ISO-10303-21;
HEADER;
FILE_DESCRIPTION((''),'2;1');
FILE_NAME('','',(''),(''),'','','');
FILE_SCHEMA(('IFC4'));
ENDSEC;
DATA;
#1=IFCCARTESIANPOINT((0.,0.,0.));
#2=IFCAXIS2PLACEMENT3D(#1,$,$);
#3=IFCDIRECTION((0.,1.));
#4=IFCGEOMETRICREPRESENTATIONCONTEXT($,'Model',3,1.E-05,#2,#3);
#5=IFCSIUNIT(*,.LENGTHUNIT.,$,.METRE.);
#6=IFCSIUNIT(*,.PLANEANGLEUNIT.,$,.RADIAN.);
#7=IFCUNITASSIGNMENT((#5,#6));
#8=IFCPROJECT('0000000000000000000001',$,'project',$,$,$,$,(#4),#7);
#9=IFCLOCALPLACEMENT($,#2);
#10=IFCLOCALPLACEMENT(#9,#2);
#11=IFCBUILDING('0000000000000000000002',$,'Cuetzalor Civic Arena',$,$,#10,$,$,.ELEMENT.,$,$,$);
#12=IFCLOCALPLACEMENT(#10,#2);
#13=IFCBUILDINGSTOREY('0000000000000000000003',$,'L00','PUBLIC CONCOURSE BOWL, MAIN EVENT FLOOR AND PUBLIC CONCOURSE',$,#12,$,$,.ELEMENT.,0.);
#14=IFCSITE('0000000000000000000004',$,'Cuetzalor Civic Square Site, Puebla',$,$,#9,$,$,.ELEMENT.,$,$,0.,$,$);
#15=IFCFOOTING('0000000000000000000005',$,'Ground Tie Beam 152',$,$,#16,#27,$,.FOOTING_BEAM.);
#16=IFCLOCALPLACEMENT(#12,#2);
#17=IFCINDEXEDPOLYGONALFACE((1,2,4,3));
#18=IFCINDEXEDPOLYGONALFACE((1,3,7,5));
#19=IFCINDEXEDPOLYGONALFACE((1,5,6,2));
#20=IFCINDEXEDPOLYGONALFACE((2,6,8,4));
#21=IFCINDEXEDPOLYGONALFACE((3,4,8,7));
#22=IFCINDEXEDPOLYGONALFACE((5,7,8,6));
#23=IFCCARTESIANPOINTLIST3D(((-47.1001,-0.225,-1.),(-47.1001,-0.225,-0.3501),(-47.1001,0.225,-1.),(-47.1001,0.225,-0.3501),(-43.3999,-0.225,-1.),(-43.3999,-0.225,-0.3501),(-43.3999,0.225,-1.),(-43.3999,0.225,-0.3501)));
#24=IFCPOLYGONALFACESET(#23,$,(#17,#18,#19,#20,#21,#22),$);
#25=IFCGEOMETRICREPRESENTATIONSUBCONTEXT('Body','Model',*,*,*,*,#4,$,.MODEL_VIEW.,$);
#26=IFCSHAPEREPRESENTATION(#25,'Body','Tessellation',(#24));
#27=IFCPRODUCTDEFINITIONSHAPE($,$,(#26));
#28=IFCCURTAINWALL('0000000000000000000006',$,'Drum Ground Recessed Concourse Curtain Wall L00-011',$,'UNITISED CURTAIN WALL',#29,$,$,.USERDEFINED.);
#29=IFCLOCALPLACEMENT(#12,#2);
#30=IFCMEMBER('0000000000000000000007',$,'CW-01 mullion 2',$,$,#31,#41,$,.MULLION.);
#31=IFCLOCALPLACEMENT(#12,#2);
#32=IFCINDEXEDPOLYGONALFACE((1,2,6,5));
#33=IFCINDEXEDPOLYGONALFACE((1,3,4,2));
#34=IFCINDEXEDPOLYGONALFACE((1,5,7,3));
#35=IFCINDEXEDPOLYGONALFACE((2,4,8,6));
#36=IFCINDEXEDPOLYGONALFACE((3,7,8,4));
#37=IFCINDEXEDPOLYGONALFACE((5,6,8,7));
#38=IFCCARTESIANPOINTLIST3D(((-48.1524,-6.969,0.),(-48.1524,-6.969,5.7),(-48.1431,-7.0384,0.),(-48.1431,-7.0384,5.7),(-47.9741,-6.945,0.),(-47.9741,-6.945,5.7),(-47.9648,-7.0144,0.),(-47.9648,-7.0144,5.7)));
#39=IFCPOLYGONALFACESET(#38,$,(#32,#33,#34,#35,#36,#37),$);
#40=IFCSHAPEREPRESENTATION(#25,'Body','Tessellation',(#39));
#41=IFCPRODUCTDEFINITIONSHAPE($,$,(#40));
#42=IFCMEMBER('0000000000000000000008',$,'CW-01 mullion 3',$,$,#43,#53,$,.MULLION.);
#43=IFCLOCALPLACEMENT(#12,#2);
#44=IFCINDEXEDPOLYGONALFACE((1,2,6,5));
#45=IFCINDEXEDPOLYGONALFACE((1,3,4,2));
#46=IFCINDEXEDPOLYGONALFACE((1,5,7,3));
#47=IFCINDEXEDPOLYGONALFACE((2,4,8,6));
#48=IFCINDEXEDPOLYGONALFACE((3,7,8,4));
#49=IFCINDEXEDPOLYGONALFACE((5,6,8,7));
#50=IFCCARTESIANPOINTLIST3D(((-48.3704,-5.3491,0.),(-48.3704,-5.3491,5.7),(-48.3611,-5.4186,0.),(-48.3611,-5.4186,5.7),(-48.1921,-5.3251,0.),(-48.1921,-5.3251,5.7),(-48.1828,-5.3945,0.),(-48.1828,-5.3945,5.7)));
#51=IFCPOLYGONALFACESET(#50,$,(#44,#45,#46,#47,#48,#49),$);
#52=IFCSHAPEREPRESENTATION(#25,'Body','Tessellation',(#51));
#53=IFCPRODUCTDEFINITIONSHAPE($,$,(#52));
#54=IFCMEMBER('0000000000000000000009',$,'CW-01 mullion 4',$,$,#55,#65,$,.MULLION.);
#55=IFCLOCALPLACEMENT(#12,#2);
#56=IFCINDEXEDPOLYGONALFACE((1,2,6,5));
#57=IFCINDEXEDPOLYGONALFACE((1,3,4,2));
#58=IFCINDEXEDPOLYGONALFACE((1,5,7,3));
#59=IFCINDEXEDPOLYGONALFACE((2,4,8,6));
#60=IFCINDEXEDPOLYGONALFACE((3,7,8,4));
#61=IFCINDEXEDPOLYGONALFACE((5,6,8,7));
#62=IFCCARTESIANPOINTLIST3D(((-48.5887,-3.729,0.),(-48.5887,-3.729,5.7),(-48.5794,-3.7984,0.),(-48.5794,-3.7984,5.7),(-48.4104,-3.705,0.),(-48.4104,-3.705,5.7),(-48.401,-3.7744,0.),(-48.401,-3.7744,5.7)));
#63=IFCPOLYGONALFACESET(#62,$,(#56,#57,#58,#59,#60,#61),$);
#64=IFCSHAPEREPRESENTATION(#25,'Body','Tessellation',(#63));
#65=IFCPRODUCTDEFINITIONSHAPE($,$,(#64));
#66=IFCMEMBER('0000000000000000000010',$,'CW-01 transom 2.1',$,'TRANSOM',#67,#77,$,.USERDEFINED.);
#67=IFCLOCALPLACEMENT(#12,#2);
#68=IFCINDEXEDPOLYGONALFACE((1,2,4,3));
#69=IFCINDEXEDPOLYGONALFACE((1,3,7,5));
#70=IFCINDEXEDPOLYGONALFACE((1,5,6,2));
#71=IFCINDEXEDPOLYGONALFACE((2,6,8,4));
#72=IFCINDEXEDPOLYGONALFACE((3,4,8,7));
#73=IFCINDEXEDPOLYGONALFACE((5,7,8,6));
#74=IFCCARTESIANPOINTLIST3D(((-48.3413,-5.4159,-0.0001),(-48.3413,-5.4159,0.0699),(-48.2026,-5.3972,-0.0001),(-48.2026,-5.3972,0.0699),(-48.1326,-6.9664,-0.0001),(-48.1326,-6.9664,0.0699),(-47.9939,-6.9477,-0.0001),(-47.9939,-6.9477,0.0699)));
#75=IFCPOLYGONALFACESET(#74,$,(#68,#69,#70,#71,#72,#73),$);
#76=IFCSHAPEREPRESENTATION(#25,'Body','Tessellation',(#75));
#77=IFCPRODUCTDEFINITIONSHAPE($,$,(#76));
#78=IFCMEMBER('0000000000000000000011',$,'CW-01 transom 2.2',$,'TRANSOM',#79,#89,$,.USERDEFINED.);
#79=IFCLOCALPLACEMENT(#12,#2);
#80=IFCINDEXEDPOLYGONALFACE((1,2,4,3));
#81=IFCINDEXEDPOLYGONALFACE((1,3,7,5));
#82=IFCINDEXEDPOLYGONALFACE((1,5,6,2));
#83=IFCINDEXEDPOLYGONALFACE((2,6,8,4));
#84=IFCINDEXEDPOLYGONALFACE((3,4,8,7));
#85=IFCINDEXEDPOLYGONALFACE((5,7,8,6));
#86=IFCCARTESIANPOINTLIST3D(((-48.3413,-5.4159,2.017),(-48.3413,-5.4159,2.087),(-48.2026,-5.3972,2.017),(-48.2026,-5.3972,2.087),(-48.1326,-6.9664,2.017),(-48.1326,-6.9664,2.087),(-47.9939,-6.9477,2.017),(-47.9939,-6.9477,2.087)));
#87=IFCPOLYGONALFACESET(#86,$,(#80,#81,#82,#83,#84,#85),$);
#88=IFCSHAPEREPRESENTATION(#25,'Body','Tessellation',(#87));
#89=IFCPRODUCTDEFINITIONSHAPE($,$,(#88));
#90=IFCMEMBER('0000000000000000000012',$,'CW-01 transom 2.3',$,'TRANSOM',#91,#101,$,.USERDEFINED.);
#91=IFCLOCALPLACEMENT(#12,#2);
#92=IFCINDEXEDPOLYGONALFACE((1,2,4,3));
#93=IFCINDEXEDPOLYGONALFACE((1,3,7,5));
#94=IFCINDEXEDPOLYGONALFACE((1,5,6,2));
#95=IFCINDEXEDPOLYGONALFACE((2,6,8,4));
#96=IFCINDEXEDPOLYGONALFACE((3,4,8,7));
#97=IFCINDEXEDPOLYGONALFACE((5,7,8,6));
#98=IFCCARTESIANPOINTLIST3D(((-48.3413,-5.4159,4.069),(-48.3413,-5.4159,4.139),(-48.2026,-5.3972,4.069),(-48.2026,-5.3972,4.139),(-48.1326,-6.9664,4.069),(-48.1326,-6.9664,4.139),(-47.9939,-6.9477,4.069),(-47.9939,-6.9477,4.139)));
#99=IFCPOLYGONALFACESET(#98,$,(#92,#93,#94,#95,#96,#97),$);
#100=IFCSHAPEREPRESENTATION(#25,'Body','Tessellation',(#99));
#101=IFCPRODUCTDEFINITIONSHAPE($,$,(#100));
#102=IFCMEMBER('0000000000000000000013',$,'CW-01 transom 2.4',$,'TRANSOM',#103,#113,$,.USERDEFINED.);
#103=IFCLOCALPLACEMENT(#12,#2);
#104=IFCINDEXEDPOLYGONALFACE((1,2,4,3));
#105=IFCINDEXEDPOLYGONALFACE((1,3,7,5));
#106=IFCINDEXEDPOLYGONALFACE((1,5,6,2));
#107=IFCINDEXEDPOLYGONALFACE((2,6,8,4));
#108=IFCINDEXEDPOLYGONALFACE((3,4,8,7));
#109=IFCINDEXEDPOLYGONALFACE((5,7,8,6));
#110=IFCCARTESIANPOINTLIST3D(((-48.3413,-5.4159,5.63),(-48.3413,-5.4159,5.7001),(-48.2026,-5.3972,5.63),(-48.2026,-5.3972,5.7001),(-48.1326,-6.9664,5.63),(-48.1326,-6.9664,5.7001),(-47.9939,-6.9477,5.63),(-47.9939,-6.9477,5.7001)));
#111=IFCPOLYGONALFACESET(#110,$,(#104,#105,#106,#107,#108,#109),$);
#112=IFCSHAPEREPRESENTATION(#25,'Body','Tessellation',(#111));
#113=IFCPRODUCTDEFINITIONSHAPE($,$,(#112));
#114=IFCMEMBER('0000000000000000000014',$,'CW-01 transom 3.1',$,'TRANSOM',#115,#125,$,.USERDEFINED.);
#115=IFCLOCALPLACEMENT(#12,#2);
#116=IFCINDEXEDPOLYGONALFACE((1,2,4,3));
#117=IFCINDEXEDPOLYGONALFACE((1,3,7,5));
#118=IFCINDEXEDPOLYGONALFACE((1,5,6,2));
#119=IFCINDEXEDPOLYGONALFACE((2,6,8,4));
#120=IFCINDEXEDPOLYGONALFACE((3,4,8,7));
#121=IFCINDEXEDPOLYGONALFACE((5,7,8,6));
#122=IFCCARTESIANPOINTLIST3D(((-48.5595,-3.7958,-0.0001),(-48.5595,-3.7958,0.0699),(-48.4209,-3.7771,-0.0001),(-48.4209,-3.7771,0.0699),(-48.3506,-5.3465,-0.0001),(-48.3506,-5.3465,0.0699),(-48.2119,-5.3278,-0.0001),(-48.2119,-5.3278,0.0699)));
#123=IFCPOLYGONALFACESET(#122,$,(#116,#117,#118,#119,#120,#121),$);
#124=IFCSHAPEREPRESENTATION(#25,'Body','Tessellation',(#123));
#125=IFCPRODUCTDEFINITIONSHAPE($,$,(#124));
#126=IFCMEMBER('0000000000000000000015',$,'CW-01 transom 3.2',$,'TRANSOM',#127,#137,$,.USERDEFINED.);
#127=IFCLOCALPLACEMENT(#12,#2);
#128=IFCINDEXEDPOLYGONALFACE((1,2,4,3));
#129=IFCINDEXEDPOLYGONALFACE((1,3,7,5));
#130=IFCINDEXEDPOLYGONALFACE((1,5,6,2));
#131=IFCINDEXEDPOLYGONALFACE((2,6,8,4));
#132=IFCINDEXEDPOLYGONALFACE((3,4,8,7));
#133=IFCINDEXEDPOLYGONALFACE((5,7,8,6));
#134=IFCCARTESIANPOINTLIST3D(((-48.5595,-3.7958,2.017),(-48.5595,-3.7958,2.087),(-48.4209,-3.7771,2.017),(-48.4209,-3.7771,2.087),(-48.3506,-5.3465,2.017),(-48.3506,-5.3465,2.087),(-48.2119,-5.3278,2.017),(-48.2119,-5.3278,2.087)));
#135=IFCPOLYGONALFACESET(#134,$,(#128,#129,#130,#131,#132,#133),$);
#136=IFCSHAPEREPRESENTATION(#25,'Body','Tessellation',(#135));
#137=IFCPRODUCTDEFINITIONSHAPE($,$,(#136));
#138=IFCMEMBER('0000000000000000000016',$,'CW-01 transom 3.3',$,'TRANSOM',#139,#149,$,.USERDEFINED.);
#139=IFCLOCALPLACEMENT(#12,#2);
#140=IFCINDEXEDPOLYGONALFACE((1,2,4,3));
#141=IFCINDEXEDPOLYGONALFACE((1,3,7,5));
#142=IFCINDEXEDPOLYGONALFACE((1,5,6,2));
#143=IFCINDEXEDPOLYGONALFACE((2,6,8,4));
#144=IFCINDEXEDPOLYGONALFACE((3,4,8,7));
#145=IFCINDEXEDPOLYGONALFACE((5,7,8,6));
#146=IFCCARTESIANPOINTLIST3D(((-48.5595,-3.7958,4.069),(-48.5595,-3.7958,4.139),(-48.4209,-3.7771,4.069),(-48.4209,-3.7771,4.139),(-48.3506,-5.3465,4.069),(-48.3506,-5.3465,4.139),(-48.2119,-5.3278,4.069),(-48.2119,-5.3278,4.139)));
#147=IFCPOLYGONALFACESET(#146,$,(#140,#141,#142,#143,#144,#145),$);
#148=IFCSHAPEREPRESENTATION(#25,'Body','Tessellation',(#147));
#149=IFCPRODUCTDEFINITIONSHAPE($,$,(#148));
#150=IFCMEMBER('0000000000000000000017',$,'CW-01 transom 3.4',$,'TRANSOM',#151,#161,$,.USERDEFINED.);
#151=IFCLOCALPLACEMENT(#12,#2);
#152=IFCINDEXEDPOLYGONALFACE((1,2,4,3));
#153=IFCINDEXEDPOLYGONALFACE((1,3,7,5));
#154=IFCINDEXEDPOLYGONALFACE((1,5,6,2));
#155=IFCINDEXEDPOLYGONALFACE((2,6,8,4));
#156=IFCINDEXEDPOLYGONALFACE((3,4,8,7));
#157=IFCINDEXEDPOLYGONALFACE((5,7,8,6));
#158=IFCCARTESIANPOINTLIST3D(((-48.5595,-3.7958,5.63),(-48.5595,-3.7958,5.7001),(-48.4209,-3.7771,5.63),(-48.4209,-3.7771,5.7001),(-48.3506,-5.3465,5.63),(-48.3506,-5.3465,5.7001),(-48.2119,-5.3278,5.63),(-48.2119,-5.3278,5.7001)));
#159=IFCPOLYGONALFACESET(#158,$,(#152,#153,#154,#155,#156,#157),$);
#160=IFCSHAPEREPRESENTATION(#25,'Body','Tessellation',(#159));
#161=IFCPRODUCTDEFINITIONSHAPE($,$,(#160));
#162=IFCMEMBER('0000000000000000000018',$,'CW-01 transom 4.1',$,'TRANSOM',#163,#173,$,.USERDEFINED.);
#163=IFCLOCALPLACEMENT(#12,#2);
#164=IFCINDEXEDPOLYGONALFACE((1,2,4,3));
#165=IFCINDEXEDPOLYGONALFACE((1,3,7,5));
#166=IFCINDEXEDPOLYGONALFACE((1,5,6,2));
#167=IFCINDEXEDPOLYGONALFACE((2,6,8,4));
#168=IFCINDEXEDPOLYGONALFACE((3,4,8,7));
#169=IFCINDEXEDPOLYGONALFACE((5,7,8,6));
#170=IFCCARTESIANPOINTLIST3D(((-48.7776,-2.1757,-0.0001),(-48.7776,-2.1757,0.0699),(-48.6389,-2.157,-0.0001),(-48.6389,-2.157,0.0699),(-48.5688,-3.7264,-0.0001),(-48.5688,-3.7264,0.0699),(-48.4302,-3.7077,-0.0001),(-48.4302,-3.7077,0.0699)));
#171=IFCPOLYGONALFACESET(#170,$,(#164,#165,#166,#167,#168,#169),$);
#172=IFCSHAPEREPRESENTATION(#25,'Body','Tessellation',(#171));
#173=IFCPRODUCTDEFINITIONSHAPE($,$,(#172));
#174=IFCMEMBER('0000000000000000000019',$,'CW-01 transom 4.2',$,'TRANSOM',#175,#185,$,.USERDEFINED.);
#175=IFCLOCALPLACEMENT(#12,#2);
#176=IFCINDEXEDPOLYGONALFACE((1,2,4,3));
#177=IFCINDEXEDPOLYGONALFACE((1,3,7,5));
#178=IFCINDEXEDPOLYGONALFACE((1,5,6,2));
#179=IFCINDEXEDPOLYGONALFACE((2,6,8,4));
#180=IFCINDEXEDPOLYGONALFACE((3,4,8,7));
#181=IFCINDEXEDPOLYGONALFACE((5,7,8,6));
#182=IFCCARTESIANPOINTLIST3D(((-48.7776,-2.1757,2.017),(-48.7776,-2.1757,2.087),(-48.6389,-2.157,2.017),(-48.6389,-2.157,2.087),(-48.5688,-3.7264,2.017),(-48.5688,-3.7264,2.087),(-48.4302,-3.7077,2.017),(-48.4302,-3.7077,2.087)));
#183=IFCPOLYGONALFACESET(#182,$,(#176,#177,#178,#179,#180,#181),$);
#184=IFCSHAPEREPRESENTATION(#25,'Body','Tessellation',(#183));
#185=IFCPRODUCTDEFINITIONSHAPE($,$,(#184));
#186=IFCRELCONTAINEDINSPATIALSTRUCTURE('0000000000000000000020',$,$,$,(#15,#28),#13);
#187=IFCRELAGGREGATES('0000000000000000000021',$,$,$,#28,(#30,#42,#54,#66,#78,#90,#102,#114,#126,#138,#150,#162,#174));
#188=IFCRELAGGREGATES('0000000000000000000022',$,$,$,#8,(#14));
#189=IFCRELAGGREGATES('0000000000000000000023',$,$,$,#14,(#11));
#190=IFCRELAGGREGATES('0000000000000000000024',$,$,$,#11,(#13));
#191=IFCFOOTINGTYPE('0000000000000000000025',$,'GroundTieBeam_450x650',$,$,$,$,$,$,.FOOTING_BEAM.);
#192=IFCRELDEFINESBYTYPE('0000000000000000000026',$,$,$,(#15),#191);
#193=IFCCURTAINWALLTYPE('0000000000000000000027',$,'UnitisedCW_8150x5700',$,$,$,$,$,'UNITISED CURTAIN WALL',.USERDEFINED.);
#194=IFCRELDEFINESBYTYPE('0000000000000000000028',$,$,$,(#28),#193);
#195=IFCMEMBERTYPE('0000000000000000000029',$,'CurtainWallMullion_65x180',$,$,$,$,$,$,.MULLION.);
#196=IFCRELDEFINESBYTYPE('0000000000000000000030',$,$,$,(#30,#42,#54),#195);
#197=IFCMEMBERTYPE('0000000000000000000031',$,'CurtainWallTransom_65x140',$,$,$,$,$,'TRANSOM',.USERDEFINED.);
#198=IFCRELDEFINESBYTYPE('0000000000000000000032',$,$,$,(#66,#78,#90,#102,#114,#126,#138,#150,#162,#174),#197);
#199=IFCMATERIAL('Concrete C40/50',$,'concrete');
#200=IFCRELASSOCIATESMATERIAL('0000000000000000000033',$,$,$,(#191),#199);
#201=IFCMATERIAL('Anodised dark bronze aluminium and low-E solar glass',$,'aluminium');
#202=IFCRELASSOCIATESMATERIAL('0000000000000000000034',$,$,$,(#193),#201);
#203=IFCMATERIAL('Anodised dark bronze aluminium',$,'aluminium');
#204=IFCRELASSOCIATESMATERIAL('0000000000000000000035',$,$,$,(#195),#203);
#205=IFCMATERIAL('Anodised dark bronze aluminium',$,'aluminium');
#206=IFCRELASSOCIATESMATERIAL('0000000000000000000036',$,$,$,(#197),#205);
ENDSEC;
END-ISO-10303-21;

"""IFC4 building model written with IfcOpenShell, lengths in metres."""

from ifc_helpers import new_model, si_unit, direction, frame, origin, origin_2d, place, context, subcontext, project, spatial, rectangle, extrude, material, material_profile, profile_set, type_object, element, aggregate, save


model = new_model("IFC4")

# Units and contexts
model_context = context("Model", 3, precision=1e-05, world=origin(), true_north=direction((0.0, 1.0)))
body_context = subcontext(model_context, "Body", "Model", "MODEL_VIEW")
ifc_project = project(units=[si_unit("LENGTHUNIT", "METRE"), si_unit("PLANEANGLEUNIT", "RADIAN")], contexts=[model_context])

# Site, building, storey
site_placement = place(None, origin())
site = spatial("IfcSite", under=ifc_project, at=site_placement, Name="Cuetzalor Civic Square Site, Puebla", CompositionType="ELEMENT", RefElevation=0.0)
building_placement = place(site_placement, origin())
building = spatial("IfcBuilding", under=site, at=building_placement, Name="Cuetzalor Civic Arena", CompositionType="ELEMENT")
storey_placement = place(building_placement, origin())
storey = spatial("IfcBuildingStorey", under=building, at=storey_placement, Name="L00", Description="PUBLIC CONCOURSE BOWL, MAIN EVENT FLOOR AND PUBLIC CONCOURSE", CompositionType="ELEMENT", Elevation=0.0)

# Footing
ifc_material_1 = material(Name="Concrete C40/50", Category="concrete")
ifc_material_profile_1 = material_profile(ifc_material_1, rectangle(XDim=0.45, YDim=0.6499, at=origin_2d()), Name="RC 450x650")
ifc_profile_set_1 = profile_set([ifc_material_profile_1], Name="Concrete C40/50")
footing_type = type_object("IfcFootingType", Name="GroundTieBeam_450x650", PredefinedType="FOOTING_BEAM", material=ifc_profile_set_1)
footing_placement = place(storey_placement, frame((-47.1001, 0.0, -0.675), z_axis=(1.0, 0.0, 0.0), x_axis=(0.0, 1.0, 0.0)))
element("IfcFooting", 1, at=footing_placement, inside=storey, type_object=footing_type, Name="Ground Tie Beam 152", PredefinedType="FOOTING_BEAM", context=body_context, shape_type="SweptSolid", body=[
    extrude(rectangle(XDim=0.45, YDim=0.6499, at=origin_2d()), origin(), (0.0, 0.0, 1.0), 3.7002),
])

# Curtain wall, members
ifc_material_2 = material(Name="Anodised dark bronze aluminium and low-E solar glass", Category="aluminium")
curtain_wall_type = type_object("IfcCurtainWallType", Name="UnitisedCW_8150x5700", ElementType="UNITISED CURTAIN WALL", PredefinedType="USERDEFINED", material=ifc_material_2)
curtain_wall_placement = place(storey_placement, origin())
curtain_wall = element("IfcCurtainWall", 2, at=curtain_wall_placement, inside=storey, type_object=curtain_wall_type, Name="Drum Ground Recessed Concourse Curtain Wall L00-011", ObjectType="UNITISED CURTAIN WALL", PredefinedType="USERDEFINED")
ifc_material_3 = material(Name="Anodised dark bronze aluminium", Category="aluminium")
ifc_material_profile_2 = material_profile(ifc_material_3, rectangle(XDim=0.0701, YDim=0.1799, at=origin_2d()), Name="ALU MULLION 70x180")
ifc_profile_set_2 = profile_set([ifc_material_profile_2], Name="Anodised dark bronze aluminium")
member_type_1 = type_object("IfcMemberType", Name="CurtainWallMullion_65x180", PredefinedType="MULLION", material=ifc_profile_set_2)
member_1_placement = place(storey_placement, frame((-48.0586, -6.9917, 0.0), z_axis=(0.0, 0.0, 1.0), x_axis=(-0.133443, 0.991056, 0.0)))
member_1 = element("IfcMember", 3, at=member_1_placement, type_object=member_type_1, Name="CW-01 mullion 2", PredefinedType="MULLION", context=body_context, shape_type="SweptSolid", body=[
    extrude(rectangle(XDim=0.0701, YDim=0.1799, at=origin_2d()), origin(), (0.0, 0.0, 1.0), 5.7),
])
member_2_placement = place(storey_placement, frame((-48.2766, -5.3718, 0.0), z_axis=(0.0, 0.0, 1.0), x_axis=(-0.133443, 0.991056, 0.0)))
member_2 = element("IfcMember", 4, at=member_2_placement, type_object=member_type_1, Name="CW-01 mullion 3", PredefinedType="MULLION", context=body_context, shape_type="SweptSolid", body=[
    extrude(rectangle(XDim=0.0701, YDim=0.1799, at=origin_2d()), origin(), (0.0, 0.0, 1.0), 5.7),
])
member_3_placement = place(storey_placement, frame((-48.4949, -3.7517, 0.0), z_axis=(0.0, 0.0, 1.0), x_axis=(-0.133443, 0.991056, 0.0)))
member_3 = element("IfcMember", 5, at=member_3_placement, type_object=member_type_1, Name="CW-01 mullion 4", PredefinedType="MULLION", context=body_context, shape_type="SweptSolid", body=[
    extrude(rectangle(XDim=0.0701, YDim=0.1799, at=origin_2d()), origin(), (0.0, 0.0, 1.0), 5.7),
])
ifc_material_4 = material(Name="Anodised dark bronze aluminium", Category="aluminium")
ifc_material_profile_3 = material_profile(ifc_material_4, rectangle(XDim=0.1399, YDim=0.0701, at=origin_2d()), Name="ALU TRANSOM 70x140")
ifc_profile_set_3 = profile_set([ifc_material_profile_3], Name="Anodised dark bronze aluminium")
member_type_2 = type_object("IfcMemberType", Name="CurtainWallTransom_65x140", ElementType="TRANSOM", PredefinedType="USERDEFINED", material=ifc_profile_set_3)
member_4_placement = place(storey_placement, frame((-48.0632, -6.957, 0.0349), z_axis=(-0.133421, 0.991059, 0.0), x_axis=(-0.991059, -0.133421, 0.0)))
member_4 = element("IfcMember", 6, at=member_4_placement, type_object=member_type_2, Name="CW-01 transom 2.1", ObjectType="TRANSOM", PredefinedType="USERDEFINED", context=body_context, shape_type="SweptSolid", body=[
    extrude(rectangle(XDim=0.1399, YDim=0.0701, at=origin_2d()), origin(), (0.0, 0.0, 1.0), 1.5645),
])
member_5_placement = place(storey_placement, frame((-48.0632, -6.957, 2.052), z_axis=(-0.133421, 0.991059, 0.0), x_axis=(-0.991059, -0.133421, 0.0)))
member_5 = element("IfcMember", 7, at=member_5_placement, type_object=member_type_2, Name="CW-01 transom 2.2", ObjectType="TRANSOM", PredefinedType="USERDEFINED", context=body_context, shape_type="SweptSolid", body=[
    extrude(rectangle(XDim=0.1399, YDim=0.0701, at=origin_2d()), origin(), (0.0, 0.0, 1.0), 1.5645),
])
member_6_placement = place(storey_placement, frame((-48.0632, -6.957, 4.104), z_axis=(-0.133421, 0.991059, 0.0), x_axis=(-0.991059, -0.133421, 0.0)))
member_6 = element("IfcMember", 8, at=member_6_placement, type_object=member_type_2, Name="CW-01 transom 2.3", ObjectType="TRANSOM", PredefinedType="USERDEFINED", context=body_context, shape_type="SweptSolid", body=[
    extrude(rectangle(XDim=0.1399, YDim=0.0701, at=origin_2d()), origin(), (0.0, 0.0, 1.0), 1.5645),
])
member_7_placement = place(storey_placement, frame((-48.0632, -6.957, 5.665), z_axis=(-0.133421, 0.991059, 0.0), x_axis=(-0.991059, -0.133421, 0.0)))
member_7 = element("IfcMember", 9, at=member_7_placement, type_object=member_type_2, Name="CW-01 transom 2.4", ObjectType="TRANSOM", PredefinedType="USERDEFINED", context=body_context, shape_type="SweptSolid", body=[
    extrude(rectangle(XDim=0.1399, YDim=0.0701, at=origin_2d()), origin(), (0.0, 0.0, 1.0), 1.5645),
])
member_8_placement = place(storey_placement, frame((-48.2812, -5.3372, 0.0349), z_axis=(-0.133553, 0.991042, 0.0), x_axis=(-0.991042, -0.133553, 0.0)))
member_8 = element("IfcMember", 10, at=member_8_placement, type_object=member_type_2, Name="CW-01 transom 3.1", ObjectType="TRANSOM", PredefinedType="USERDEFINED", context=body_context, shape_type="SweptSolid", body=[
    extrude(rectangle(XDim=0.1399, YDim=0.0701, at=origin_2d()), origin(), (0.0, 0.0, 1.0), 1.5647),
])
member_9_placement = place(storey_placement, frame((-48.2812, -5.3372, 2.052), z_axis=(-0.133553, 0.991042, 0.0), x_axis=(-0.991042, -0.133553, 0.0)))
member_9 = element("IfcMember", 11, at=member_9_placement, type_object=member_type_2, Name="CW-01 transom 3.2", ObjectType="TRANSOM", PredefinedType="USERDEFINED", context=body_context, shape_type="SweptSolid", body=[
    extrude(rectangle(XDim=0.1399, YDim=0.0701, at=origin_2d()), origin(), (0.0, 0.0, 1.0), 1.5647),
])
member_10_placement = place(storey_placement, frame((-48.2812, -5.3372, 4.104), z_axis=(-0.133553, 0.991042, 0.0), x_axis=(-0.991042, -0.133553, 0.0)))
member_10 = element("IfcMember", 12, at=member_10_placement, type_object=member_type_2, Name="CW-01 transom 3.3", ObjectType="TRANSOM", PredefinedType="USERDEFINED", context=body_context, shape_type="SweptSolid", body=[
    extrude(rectangle(XDim=0.1399, YDim=0.0701, at=origin_2d()), origin(), (0.0, 0.0, 1.0), 1.5647),
])
member_11_placement = place(storey_placement, frame((-48.2812, -5.3372, 5.665), z_axis=(-0.133553, 0.991042, 0.0), x_axis=(-0.991042, -0.133553, 0.0)))
member_11 = element("IfcMember", 13, at=member_11_placement, type_object=member_type_2, Name="CW-01 transom 3.4", ObjectType="TRANSOM", PredefinedType="USERDEFINED", context=body_context, shape_type="SweptSolid", body=[
    extrude(rectangle(XDim=0.1399, YDim=0.0701, at=origin_2d()), origin(), (0.0, 0.0, 1.0), 1.5647),
])
member_12_placement = place(storey_placement, frame((-48.4995, -3.717, 0.0349), z_axis=(-0.1334, 0.991062, 0.0), x_axis=(-0.991062, -0.1334, 0.0)))
member_12 = element("IfcMember", 14, at=member_12_placement, type_object=member_type_2, Name="CW-01 transom 4.1", ObjectType="TRANSOM", PredefinedType="USERDEFINED", context=body_context, shape_type="SweptSolid", body=[
    extrude(rectangle(XDim=0.1399, YDim=0.0701, at=origin_2d()), origin(), (0.0, 0.0, 1.0), 1.5647),
])
member_13_placement = place(storey_placement, frame((-48.4995, -3.717, 2.052), z_axis=(-0.1334, 0.991062, 0.0), x_axis=(-0.991062, -0.1334, 0.0)))
member_13 = element("IfcMember", 15, at=member_13_placement, type_object=member_type_2, Name="CW-01 transom 4.2", ObjectType="TRANSOM", PredefinedType="USERDEFINED", context=body_context, shape_type="SweptSolid", body=[
    extrude(rectangle(XDim=0.1399, YDim=0.0701, at=origin_2d()), origin(), (0.0, 0.0, 1.0), 1.5647),
])
aggregate(curtain_wall, [member_1, member_2, member_3, member_4, member_5, member_6, member_7, member_8, member_9, member_10, member_11, member_12, member_13])

save(model, "model.ifc")
